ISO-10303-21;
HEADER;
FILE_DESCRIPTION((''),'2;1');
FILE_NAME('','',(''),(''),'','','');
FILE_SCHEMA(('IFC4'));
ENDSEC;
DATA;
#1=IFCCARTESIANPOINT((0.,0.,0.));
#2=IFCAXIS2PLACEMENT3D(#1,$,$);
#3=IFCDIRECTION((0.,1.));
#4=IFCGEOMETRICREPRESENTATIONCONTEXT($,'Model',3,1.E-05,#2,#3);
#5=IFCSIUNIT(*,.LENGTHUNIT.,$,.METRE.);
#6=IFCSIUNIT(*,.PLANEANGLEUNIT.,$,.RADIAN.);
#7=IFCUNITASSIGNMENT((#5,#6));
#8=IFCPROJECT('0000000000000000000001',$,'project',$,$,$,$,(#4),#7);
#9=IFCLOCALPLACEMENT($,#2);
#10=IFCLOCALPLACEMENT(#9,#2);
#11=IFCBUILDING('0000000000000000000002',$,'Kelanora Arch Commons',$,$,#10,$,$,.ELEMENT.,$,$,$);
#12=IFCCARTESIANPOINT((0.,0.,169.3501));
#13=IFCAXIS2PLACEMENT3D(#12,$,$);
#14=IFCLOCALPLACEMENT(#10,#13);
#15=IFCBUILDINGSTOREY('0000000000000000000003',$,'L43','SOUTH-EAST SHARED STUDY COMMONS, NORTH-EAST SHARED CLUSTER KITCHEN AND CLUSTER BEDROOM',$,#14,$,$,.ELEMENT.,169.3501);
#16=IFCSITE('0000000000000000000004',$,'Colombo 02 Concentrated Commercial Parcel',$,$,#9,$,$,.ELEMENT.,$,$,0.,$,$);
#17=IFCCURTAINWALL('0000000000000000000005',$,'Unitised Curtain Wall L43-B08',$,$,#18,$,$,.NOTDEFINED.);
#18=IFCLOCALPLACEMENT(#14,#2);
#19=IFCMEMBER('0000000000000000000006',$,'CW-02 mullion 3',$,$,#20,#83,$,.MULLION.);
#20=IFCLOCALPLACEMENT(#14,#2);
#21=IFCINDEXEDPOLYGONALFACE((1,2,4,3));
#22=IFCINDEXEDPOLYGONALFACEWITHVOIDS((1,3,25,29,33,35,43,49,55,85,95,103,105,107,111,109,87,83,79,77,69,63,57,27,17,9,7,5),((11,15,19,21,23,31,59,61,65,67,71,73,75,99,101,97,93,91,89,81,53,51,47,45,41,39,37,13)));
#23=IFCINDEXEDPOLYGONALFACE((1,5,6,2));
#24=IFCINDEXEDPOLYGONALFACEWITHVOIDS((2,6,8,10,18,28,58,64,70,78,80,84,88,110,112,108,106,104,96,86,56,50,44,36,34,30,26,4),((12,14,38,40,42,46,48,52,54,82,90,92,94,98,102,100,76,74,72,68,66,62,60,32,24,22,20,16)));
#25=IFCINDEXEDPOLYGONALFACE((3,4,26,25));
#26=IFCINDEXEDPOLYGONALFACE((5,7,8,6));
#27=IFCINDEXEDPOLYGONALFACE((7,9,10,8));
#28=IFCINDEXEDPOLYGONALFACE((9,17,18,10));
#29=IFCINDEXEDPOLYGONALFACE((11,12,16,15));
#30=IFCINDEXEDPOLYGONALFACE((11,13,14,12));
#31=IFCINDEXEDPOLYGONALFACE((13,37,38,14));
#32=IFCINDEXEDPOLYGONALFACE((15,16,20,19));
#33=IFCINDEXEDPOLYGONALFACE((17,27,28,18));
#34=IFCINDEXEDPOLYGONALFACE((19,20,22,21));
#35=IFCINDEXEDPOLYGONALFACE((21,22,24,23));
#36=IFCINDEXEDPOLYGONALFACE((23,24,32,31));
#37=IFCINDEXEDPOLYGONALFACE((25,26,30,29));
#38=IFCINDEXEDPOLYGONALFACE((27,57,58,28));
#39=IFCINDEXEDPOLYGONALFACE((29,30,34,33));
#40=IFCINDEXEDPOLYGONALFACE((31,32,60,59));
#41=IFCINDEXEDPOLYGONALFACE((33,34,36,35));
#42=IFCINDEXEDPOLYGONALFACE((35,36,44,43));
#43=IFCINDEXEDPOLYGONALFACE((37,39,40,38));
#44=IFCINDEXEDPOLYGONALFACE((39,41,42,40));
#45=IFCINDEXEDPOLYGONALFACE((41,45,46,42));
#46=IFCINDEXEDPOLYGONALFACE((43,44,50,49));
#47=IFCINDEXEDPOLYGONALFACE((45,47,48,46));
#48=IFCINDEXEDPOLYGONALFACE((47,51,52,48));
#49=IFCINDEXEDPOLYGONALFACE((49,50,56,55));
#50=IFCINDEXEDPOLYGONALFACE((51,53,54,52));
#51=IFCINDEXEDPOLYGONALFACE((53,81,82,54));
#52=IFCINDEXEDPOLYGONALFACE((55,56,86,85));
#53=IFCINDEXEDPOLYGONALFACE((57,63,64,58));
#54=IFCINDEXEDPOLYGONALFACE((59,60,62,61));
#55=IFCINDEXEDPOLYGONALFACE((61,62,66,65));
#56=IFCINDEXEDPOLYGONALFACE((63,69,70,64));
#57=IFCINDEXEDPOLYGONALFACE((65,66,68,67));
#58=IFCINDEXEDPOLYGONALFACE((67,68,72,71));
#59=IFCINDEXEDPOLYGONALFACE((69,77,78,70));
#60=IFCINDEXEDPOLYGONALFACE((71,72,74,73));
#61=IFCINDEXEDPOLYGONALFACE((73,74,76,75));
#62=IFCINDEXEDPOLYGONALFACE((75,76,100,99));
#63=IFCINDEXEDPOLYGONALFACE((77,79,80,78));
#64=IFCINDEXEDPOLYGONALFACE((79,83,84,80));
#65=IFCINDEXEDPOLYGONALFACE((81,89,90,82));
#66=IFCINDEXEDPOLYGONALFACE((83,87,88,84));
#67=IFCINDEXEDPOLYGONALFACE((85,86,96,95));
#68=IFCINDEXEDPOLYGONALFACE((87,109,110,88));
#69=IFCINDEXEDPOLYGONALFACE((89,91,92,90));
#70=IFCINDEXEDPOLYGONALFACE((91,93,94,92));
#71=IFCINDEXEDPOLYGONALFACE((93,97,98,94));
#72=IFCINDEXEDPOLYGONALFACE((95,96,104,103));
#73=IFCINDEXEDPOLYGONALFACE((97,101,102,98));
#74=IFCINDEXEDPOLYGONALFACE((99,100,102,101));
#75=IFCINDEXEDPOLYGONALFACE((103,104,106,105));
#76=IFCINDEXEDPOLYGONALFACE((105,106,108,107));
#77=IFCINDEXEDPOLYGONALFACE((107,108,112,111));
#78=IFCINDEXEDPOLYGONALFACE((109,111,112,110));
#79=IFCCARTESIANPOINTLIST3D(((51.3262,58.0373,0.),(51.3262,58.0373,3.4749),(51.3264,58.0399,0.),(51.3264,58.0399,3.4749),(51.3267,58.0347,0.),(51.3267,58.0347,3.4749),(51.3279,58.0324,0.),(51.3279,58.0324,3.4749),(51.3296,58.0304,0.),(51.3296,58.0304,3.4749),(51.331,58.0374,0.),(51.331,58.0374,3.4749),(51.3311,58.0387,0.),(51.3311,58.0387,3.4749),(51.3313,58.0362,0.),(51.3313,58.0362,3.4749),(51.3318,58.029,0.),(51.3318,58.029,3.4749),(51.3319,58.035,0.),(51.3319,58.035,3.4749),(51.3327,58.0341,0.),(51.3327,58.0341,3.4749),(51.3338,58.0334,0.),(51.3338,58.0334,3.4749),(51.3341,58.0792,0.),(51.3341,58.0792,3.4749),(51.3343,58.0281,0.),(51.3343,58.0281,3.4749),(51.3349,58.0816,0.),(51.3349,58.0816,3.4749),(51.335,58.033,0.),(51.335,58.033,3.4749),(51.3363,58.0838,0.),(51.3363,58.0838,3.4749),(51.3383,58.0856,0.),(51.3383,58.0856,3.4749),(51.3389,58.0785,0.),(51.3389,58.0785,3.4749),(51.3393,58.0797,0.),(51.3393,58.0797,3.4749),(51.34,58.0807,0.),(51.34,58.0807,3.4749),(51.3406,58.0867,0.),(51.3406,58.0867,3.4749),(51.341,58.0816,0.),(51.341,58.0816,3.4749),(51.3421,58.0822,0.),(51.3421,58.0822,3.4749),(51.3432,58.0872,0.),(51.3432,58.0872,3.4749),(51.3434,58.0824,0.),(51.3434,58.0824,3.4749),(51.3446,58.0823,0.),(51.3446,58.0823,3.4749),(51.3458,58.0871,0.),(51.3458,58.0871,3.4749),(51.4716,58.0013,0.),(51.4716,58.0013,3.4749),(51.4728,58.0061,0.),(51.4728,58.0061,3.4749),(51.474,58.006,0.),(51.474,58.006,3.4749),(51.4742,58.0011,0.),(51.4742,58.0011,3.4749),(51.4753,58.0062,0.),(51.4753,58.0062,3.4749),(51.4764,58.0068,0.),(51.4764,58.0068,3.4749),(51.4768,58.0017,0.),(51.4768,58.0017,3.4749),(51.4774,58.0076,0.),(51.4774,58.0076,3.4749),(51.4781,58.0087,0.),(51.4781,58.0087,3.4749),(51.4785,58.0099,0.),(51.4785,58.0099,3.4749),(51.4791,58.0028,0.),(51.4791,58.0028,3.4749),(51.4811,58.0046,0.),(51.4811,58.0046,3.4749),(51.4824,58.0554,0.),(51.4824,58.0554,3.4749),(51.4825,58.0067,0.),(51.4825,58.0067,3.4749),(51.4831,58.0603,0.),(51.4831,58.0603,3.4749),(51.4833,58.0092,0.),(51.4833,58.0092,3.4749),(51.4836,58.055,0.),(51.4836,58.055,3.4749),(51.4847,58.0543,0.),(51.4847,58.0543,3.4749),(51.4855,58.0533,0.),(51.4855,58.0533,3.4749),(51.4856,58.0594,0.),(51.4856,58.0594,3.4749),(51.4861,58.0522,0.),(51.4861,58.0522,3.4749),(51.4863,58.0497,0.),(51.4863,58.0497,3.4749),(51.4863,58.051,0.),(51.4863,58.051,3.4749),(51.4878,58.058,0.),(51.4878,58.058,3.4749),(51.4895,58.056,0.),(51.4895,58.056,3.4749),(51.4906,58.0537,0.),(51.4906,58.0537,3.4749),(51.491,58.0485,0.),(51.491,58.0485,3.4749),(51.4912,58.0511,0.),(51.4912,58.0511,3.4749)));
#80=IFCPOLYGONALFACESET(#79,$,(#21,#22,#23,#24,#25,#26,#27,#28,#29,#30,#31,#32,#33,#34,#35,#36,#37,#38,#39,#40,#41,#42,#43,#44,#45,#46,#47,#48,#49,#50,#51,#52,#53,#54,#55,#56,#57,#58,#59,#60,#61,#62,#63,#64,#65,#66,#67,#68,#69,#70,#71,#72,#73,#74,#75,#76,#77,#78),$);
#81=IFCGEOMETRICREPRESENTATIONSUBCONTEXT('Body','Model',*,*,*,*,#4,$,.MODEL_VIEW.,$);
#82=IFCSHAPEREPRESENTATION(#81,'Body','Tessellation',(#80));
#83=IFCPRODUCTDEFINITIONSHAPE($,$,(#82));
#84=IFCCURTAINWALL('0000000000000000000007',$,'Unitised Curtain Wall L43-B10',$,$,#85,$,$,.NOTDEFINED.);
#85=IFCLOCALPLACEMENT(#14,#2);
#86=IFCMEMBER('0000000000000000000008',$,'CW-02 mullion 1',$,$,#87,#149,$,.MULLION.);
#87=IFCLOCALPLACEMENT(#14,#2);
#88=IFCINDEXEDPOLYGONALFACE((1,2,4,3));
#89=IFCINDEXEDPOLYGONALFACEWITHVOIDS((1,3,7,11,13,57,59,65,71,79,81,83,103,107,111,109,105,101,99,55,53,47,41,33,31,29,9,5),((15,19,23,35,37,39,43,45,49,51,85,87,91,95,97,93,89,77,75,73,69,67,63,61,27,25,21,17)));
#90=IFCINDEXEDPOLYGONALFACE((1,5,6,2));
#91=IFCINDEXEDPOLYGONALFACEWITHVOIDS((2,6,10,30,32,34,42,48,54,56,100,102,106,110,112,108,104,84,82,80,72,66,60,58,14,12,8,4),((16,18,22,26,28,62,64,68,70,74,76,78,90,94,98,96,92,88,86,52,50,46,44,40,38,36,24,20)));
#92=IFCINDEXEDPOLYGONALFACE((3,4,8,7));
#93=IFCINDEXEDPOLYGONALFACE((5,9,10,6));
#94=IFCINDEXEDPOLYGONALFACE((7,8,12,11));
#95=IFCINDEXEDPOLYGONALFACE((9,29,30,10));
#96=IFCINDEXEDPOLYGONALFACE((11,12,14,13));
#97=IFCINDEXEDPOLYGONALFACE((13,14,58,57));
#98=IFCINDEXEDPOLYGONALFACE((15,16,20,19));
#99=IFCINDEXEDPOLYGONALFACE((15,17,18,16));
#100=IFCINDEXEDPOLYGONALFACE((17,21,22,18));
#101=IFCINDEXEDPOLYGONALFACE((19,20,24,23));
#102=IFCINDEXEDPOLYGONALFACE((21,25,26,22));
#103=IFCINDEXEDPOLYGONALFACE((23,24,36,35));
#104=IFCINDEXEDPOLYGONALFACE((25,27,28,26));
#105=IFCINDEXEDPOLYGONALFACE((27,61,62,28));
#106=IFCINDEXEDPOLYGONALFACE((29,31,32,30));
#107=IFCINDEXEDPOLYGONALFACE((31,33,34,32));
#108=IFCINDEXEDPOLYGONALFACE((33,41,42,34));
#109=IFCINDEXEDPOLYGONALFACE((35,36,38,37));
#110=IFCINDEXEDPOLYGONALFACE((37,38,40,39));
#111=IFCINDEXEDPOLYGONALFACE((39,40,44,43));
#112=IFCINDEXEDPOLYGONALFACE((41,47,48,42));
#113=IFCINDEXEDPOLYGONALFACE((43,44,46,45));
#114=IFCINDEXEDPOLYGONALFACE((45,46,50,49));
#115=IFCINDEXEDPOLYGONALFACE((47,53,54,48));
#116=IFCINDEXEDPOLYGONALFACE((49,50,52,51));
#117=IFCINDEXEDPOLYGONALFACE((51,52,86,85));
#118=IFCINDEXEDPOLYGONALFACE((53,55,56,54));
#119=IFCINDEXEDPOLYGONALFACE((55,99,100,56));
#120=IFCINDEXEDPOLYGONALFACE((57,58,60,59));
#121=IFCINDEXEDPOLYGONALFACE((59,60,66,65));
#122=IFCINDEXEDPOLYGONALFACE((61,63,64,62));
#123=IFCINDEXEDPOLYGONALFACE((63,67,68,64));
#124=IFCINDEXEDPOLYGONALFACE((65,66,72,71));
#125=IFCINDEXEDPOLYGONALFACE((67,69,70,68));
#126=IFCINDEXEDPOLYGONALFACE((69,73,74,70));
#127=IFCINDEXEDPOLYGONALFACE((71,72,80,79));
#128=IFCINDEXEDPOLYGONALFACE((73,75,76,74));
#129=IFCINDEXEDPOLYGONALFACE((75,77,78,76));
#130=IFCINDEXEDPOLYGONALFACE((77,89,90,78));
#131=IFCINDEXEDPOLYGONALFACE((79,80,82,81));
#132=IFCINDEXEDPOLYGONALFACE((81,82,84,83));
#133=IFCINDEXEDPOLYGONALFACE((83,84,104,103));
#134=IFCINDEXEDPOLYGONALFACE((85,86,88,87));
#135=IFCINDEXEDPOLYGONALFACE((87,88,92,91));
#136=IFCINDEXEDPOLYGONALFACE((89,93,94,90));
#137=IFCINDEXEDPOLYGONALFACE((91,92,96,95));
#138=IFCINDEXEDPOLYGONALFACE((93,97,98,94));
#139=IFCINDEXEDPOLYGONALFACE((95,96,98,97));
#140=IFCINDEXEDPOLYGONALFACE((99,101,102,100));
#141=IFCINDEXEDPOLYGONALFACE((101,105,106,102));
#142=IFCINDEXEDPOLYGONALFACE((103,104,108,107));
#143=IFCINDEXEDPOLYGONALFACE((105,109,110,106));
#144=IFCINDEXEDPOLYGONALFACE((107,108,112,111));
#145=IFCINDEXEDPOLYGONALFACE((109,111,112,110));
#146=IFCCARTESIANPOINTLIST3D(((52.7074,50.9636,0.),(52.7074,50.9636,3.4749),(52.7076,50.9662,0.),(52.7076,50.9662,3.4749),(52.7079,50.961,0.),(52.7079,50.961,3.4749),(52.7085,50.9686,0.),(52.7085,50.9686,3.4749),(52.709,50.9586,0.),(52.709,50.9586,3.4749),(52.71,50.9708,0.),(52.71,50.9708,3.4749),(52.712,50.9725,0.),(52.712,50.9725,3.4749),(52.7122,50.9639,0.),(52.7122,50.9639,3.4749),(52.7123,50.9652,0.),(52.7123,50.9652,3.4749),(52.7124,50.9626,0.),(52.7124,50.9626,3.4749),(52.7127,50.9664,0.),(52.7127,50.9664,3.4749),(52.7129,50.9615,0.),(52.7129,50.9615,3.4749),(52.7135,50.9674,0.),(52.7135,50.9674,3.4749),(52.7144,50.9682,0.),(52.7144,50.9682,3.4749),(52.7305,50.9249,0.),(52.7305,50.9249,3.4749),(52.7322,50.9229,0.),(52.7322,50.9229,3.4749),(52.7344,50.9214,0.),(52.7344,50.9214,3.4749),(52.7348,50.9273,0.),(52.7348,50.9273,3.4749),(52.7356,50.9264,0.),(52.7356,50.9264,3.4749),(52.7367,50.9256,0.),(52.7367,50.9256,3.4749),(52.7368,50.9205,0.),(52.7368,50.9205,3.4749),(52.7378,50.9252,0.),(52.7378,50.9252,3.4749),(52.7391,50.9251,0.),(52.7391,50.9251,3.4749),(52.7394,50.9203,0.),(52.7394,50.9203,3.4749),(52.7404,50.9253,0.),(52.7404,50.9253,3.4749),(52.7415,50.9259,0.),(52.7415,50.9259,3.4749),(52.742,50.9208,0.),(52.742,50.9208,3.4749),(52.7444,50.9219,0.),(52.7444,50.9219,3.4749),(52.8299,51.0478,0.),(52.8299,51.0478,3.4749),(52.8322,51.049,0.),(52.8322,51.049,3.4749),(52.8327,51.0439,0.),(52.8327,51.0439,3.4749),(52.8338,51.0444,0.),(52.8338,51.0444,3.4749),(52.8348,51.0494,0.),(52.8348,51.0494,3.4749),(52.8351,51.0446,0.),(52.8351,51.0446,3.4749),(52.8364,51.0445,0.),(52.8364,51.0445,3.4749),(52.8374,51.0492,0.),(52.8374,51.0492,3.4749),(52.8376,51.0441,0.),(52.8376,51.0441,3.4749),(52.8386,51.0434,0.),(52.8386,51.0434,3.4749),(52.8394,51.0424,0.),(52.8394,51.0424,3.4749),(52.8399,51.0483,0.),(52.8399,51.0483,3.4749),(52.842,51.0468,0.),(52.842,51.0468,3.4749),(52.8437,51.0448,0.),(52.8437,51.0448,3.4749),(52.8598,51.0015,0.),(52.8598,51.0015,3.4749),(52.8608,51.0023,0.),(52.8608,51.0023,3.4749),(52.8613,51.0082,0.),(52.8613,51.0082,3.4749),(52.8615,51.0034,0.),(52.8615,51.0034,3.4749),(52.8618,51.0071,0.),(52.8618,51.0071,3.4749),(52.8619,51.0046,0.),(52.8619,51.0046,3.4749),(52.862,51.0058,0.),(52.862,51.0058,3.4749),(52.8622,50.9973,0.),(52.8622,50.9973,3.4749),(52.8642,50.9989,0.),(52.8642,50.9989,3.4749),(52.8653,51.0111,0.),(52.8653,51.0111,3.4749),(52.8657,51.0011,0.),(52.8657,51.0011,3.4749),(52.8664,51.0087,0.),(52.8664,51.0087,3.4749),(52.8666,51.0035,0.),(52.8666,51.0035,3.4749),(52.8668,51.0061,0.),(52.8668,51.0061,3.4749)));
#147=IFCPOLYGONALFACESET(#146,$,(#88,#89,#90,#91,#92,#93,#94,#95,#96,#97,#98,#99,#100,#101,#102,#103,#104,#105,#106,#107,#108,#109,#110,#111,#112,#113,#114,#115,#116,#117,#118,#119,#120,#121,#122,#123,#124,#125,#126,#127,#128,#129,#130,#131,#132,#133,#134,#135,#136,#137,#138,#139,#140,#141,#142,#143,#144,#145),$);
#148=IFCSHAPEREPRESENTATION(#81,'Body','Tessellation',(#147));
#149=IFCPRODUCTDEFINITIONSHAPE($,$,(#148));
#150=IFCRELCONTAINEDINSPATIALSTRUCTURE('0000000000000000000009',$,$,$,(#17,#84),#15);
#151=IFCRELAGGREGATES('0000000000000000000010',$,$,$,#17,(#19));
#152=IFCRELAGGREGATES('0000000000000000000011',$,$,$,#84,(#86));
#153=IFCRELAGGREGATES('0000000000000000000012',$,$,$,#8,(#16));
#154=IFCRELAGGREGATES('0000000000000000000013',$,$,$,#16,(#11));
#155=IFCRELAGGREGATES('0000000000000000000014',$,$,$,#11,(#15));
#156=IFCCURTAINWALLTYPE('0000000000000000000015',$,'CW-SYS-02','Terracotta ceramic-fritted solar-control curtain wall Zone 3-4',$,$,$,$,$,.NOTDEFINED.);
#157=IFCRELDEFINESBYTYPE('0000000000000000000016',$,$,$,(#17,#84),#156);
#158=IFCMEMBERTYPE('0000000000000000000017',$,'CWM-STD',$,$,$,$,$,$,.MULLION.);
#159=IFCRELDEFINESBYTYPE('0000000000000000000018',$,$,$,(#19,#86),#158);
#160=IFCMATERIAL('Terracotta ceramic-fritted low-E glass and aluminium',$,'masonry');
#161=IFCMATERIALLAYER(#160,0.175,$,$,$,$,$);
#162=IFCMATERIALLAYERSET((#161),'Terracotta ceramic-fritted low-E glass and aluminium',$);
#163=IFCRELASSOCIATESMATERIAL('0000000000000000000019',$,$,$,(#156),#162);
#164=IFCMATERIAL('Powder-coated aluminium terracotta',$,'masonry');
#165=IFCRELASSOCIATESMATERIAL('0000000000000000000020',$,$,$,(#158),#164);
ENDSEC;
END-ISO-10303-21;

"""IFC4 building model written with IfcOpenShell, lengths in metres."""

from ifc_helpers import new_model, si_unit, direction, frame, origin, origin_2d, place, context, subcontext, project, spatial, hollow_rectangle, extrude, material, layer, layer_set, material_profile, profile_set, type_object, element, aggregate, save


model = new_model("IFC4")

# Units and contexts
model_context = context("Model", 3, precision=1e-05, world=origin(), true_north=direction((0.0, 1.0)))
body_context = subcontext(model_context, "Body", "Model", "MODEL_VIEW")
ifc_project = project(units=[si_unit("LENGTHUNIT", "METRE"), si_unit("PLANEANGLEUNIT", "RADIAN")], contexts=[model_context])

# Site, building, storey
site_placement = place(None, origin())
site = spatial("IfcSite", under=ifc_project, at=site_placement, Name="Colombo 02 Concentrated Commercial Parcel", CompositionType="ELEMENT", RefElevation=0.0)
building_placement = place(site_placement, origin())
building = spatial("IfcBuilding", under=site, at=building_placement, Name="Kelanora Arch Commons", CompositionType="ELEMENT")
storey_placement = place(building_placement, frame((0.0, 0.0, 169.3501)))
storey = spatial("IfcBuildingStorey", under=building, at=storey_placement, Name="L43", Description="SOUTH-EAST SHARED STUDY COMMONS, NORTH-EAST SHARED CLUSTER KITCHEN AND CLUSTER BEDROOM", CompositionType="ELEMENT", Elevation=169.3501)

# Curtain wall, member
ifc_material_1 = material(Name="Terracotta ceramic-fritted low-E glass and aluminium", Category="masonry")
ifc_layer_1 = layer(ifc_material_1, 0.175)
ifc_layer_set_1 = layer_set([ifc_layer_1], Name="Terracotta ceramic-fritted low-E glass and aluminium")
curtain_wall_type = type_object("IfcCurtainWallType", Name="CW-SYS-02", Description="Terracotta ceramic-fritted solar-control curtain wall Zone 3-4", PredefinedType="NOTDEFINED", material=ifc_layer_set_1)
curtain_wall_1_placement = place(storey_placement, origin())
curtain_wall_1 = element("IfcCurtainWall", 1, at=curtain_wall_1_placement, inside=storey, type_object=curtain_wall_type, Name="Unitised Curtain Wall L43-B08", PredefinedType="NOTDEFINED")
ifc_material_2 = material(Name="Powder-coated aluminium terracotta", Category="masonry")
ifc_material_profile_1 = material_profile(ifc_material_2, hollow_rectangle(XDim=0.1599, YDim=0.0601, WallThickness=0.0049, InnerFilletRadius=0.0049, OuterFilletRadius=0.01, at=origin_2d()), Name="CWM160x60")
ifc_profile_set_1 = profile_set([ifc_material_profile_1], Name="Powder-coated aluminium terracotta")
member_type_1 = type_object("IfcMemberType", Name="CWM-STD", PredefinedType="MULLION", material=ifc_profile_set_1)
member_1_placement = place(storey_placement, frame((51.4087, 58.0442, 0.0), z_axis=(0.0, 0.0, 1.0), x_axis=(0.981453, -0.191705, 0.0)))
member_1 = element("IfcMember", 2, at=member_1_placement, type_object=member_type_1, Name="CW-02 mullion 3", PredefinedType="MULLION", context=body_context, shape_type="SweptSolid", body=[
    extrude(hollow_rectangle(XDim=0.1599, YDim=0.0601, WallThickness=0.0049, InnerFilletRadius=0.0049, OuterFilletRadius=0.01, at=origin_2d()), origin(), (0.0, 0.0, 1.0), 3.4749),
])
aggregate(curtain_wall_1, [member_1])

# Curtain wall, member
curtain_wall_2_placement = place(storey_placement, origin())
curtain_wall_2 = element("IfcCurtainWall", 3, at=curtain_wall_2_placement, inside=storey, type_object=curtain_wall_type, Name="Unitised Curtain Wall L43-B10", PredefinedType="NOTDEFINED")
member_2_placement = place(storey_placement, frame((52.7871, 50.9849, 0.0), z_axis=(0.0, 0.0, 1.0), x_axis=(0.842423, 0.538817, 0.0)))
member_2 = element("IfcMember", 4, at=member_2_placement, type_object=member_type_1, Name="CW-02 mullion 1", PredefinedType="MULLION", context=body_context, shape_type="SweptSolid", body=[
    extrude(hollow_rectangle(XDim=0.1599, YDim=0.0601, WallThickness=0.0049, InnerFilletRadius=0.0049, OuterFilletRadius=0.01, at=origin_2d()), origin(), (0.0, 0.0, 1.0), 3.4749),
])

aggregate(curtain_wall_2, [member_2])

save(model, "model.ifc")
